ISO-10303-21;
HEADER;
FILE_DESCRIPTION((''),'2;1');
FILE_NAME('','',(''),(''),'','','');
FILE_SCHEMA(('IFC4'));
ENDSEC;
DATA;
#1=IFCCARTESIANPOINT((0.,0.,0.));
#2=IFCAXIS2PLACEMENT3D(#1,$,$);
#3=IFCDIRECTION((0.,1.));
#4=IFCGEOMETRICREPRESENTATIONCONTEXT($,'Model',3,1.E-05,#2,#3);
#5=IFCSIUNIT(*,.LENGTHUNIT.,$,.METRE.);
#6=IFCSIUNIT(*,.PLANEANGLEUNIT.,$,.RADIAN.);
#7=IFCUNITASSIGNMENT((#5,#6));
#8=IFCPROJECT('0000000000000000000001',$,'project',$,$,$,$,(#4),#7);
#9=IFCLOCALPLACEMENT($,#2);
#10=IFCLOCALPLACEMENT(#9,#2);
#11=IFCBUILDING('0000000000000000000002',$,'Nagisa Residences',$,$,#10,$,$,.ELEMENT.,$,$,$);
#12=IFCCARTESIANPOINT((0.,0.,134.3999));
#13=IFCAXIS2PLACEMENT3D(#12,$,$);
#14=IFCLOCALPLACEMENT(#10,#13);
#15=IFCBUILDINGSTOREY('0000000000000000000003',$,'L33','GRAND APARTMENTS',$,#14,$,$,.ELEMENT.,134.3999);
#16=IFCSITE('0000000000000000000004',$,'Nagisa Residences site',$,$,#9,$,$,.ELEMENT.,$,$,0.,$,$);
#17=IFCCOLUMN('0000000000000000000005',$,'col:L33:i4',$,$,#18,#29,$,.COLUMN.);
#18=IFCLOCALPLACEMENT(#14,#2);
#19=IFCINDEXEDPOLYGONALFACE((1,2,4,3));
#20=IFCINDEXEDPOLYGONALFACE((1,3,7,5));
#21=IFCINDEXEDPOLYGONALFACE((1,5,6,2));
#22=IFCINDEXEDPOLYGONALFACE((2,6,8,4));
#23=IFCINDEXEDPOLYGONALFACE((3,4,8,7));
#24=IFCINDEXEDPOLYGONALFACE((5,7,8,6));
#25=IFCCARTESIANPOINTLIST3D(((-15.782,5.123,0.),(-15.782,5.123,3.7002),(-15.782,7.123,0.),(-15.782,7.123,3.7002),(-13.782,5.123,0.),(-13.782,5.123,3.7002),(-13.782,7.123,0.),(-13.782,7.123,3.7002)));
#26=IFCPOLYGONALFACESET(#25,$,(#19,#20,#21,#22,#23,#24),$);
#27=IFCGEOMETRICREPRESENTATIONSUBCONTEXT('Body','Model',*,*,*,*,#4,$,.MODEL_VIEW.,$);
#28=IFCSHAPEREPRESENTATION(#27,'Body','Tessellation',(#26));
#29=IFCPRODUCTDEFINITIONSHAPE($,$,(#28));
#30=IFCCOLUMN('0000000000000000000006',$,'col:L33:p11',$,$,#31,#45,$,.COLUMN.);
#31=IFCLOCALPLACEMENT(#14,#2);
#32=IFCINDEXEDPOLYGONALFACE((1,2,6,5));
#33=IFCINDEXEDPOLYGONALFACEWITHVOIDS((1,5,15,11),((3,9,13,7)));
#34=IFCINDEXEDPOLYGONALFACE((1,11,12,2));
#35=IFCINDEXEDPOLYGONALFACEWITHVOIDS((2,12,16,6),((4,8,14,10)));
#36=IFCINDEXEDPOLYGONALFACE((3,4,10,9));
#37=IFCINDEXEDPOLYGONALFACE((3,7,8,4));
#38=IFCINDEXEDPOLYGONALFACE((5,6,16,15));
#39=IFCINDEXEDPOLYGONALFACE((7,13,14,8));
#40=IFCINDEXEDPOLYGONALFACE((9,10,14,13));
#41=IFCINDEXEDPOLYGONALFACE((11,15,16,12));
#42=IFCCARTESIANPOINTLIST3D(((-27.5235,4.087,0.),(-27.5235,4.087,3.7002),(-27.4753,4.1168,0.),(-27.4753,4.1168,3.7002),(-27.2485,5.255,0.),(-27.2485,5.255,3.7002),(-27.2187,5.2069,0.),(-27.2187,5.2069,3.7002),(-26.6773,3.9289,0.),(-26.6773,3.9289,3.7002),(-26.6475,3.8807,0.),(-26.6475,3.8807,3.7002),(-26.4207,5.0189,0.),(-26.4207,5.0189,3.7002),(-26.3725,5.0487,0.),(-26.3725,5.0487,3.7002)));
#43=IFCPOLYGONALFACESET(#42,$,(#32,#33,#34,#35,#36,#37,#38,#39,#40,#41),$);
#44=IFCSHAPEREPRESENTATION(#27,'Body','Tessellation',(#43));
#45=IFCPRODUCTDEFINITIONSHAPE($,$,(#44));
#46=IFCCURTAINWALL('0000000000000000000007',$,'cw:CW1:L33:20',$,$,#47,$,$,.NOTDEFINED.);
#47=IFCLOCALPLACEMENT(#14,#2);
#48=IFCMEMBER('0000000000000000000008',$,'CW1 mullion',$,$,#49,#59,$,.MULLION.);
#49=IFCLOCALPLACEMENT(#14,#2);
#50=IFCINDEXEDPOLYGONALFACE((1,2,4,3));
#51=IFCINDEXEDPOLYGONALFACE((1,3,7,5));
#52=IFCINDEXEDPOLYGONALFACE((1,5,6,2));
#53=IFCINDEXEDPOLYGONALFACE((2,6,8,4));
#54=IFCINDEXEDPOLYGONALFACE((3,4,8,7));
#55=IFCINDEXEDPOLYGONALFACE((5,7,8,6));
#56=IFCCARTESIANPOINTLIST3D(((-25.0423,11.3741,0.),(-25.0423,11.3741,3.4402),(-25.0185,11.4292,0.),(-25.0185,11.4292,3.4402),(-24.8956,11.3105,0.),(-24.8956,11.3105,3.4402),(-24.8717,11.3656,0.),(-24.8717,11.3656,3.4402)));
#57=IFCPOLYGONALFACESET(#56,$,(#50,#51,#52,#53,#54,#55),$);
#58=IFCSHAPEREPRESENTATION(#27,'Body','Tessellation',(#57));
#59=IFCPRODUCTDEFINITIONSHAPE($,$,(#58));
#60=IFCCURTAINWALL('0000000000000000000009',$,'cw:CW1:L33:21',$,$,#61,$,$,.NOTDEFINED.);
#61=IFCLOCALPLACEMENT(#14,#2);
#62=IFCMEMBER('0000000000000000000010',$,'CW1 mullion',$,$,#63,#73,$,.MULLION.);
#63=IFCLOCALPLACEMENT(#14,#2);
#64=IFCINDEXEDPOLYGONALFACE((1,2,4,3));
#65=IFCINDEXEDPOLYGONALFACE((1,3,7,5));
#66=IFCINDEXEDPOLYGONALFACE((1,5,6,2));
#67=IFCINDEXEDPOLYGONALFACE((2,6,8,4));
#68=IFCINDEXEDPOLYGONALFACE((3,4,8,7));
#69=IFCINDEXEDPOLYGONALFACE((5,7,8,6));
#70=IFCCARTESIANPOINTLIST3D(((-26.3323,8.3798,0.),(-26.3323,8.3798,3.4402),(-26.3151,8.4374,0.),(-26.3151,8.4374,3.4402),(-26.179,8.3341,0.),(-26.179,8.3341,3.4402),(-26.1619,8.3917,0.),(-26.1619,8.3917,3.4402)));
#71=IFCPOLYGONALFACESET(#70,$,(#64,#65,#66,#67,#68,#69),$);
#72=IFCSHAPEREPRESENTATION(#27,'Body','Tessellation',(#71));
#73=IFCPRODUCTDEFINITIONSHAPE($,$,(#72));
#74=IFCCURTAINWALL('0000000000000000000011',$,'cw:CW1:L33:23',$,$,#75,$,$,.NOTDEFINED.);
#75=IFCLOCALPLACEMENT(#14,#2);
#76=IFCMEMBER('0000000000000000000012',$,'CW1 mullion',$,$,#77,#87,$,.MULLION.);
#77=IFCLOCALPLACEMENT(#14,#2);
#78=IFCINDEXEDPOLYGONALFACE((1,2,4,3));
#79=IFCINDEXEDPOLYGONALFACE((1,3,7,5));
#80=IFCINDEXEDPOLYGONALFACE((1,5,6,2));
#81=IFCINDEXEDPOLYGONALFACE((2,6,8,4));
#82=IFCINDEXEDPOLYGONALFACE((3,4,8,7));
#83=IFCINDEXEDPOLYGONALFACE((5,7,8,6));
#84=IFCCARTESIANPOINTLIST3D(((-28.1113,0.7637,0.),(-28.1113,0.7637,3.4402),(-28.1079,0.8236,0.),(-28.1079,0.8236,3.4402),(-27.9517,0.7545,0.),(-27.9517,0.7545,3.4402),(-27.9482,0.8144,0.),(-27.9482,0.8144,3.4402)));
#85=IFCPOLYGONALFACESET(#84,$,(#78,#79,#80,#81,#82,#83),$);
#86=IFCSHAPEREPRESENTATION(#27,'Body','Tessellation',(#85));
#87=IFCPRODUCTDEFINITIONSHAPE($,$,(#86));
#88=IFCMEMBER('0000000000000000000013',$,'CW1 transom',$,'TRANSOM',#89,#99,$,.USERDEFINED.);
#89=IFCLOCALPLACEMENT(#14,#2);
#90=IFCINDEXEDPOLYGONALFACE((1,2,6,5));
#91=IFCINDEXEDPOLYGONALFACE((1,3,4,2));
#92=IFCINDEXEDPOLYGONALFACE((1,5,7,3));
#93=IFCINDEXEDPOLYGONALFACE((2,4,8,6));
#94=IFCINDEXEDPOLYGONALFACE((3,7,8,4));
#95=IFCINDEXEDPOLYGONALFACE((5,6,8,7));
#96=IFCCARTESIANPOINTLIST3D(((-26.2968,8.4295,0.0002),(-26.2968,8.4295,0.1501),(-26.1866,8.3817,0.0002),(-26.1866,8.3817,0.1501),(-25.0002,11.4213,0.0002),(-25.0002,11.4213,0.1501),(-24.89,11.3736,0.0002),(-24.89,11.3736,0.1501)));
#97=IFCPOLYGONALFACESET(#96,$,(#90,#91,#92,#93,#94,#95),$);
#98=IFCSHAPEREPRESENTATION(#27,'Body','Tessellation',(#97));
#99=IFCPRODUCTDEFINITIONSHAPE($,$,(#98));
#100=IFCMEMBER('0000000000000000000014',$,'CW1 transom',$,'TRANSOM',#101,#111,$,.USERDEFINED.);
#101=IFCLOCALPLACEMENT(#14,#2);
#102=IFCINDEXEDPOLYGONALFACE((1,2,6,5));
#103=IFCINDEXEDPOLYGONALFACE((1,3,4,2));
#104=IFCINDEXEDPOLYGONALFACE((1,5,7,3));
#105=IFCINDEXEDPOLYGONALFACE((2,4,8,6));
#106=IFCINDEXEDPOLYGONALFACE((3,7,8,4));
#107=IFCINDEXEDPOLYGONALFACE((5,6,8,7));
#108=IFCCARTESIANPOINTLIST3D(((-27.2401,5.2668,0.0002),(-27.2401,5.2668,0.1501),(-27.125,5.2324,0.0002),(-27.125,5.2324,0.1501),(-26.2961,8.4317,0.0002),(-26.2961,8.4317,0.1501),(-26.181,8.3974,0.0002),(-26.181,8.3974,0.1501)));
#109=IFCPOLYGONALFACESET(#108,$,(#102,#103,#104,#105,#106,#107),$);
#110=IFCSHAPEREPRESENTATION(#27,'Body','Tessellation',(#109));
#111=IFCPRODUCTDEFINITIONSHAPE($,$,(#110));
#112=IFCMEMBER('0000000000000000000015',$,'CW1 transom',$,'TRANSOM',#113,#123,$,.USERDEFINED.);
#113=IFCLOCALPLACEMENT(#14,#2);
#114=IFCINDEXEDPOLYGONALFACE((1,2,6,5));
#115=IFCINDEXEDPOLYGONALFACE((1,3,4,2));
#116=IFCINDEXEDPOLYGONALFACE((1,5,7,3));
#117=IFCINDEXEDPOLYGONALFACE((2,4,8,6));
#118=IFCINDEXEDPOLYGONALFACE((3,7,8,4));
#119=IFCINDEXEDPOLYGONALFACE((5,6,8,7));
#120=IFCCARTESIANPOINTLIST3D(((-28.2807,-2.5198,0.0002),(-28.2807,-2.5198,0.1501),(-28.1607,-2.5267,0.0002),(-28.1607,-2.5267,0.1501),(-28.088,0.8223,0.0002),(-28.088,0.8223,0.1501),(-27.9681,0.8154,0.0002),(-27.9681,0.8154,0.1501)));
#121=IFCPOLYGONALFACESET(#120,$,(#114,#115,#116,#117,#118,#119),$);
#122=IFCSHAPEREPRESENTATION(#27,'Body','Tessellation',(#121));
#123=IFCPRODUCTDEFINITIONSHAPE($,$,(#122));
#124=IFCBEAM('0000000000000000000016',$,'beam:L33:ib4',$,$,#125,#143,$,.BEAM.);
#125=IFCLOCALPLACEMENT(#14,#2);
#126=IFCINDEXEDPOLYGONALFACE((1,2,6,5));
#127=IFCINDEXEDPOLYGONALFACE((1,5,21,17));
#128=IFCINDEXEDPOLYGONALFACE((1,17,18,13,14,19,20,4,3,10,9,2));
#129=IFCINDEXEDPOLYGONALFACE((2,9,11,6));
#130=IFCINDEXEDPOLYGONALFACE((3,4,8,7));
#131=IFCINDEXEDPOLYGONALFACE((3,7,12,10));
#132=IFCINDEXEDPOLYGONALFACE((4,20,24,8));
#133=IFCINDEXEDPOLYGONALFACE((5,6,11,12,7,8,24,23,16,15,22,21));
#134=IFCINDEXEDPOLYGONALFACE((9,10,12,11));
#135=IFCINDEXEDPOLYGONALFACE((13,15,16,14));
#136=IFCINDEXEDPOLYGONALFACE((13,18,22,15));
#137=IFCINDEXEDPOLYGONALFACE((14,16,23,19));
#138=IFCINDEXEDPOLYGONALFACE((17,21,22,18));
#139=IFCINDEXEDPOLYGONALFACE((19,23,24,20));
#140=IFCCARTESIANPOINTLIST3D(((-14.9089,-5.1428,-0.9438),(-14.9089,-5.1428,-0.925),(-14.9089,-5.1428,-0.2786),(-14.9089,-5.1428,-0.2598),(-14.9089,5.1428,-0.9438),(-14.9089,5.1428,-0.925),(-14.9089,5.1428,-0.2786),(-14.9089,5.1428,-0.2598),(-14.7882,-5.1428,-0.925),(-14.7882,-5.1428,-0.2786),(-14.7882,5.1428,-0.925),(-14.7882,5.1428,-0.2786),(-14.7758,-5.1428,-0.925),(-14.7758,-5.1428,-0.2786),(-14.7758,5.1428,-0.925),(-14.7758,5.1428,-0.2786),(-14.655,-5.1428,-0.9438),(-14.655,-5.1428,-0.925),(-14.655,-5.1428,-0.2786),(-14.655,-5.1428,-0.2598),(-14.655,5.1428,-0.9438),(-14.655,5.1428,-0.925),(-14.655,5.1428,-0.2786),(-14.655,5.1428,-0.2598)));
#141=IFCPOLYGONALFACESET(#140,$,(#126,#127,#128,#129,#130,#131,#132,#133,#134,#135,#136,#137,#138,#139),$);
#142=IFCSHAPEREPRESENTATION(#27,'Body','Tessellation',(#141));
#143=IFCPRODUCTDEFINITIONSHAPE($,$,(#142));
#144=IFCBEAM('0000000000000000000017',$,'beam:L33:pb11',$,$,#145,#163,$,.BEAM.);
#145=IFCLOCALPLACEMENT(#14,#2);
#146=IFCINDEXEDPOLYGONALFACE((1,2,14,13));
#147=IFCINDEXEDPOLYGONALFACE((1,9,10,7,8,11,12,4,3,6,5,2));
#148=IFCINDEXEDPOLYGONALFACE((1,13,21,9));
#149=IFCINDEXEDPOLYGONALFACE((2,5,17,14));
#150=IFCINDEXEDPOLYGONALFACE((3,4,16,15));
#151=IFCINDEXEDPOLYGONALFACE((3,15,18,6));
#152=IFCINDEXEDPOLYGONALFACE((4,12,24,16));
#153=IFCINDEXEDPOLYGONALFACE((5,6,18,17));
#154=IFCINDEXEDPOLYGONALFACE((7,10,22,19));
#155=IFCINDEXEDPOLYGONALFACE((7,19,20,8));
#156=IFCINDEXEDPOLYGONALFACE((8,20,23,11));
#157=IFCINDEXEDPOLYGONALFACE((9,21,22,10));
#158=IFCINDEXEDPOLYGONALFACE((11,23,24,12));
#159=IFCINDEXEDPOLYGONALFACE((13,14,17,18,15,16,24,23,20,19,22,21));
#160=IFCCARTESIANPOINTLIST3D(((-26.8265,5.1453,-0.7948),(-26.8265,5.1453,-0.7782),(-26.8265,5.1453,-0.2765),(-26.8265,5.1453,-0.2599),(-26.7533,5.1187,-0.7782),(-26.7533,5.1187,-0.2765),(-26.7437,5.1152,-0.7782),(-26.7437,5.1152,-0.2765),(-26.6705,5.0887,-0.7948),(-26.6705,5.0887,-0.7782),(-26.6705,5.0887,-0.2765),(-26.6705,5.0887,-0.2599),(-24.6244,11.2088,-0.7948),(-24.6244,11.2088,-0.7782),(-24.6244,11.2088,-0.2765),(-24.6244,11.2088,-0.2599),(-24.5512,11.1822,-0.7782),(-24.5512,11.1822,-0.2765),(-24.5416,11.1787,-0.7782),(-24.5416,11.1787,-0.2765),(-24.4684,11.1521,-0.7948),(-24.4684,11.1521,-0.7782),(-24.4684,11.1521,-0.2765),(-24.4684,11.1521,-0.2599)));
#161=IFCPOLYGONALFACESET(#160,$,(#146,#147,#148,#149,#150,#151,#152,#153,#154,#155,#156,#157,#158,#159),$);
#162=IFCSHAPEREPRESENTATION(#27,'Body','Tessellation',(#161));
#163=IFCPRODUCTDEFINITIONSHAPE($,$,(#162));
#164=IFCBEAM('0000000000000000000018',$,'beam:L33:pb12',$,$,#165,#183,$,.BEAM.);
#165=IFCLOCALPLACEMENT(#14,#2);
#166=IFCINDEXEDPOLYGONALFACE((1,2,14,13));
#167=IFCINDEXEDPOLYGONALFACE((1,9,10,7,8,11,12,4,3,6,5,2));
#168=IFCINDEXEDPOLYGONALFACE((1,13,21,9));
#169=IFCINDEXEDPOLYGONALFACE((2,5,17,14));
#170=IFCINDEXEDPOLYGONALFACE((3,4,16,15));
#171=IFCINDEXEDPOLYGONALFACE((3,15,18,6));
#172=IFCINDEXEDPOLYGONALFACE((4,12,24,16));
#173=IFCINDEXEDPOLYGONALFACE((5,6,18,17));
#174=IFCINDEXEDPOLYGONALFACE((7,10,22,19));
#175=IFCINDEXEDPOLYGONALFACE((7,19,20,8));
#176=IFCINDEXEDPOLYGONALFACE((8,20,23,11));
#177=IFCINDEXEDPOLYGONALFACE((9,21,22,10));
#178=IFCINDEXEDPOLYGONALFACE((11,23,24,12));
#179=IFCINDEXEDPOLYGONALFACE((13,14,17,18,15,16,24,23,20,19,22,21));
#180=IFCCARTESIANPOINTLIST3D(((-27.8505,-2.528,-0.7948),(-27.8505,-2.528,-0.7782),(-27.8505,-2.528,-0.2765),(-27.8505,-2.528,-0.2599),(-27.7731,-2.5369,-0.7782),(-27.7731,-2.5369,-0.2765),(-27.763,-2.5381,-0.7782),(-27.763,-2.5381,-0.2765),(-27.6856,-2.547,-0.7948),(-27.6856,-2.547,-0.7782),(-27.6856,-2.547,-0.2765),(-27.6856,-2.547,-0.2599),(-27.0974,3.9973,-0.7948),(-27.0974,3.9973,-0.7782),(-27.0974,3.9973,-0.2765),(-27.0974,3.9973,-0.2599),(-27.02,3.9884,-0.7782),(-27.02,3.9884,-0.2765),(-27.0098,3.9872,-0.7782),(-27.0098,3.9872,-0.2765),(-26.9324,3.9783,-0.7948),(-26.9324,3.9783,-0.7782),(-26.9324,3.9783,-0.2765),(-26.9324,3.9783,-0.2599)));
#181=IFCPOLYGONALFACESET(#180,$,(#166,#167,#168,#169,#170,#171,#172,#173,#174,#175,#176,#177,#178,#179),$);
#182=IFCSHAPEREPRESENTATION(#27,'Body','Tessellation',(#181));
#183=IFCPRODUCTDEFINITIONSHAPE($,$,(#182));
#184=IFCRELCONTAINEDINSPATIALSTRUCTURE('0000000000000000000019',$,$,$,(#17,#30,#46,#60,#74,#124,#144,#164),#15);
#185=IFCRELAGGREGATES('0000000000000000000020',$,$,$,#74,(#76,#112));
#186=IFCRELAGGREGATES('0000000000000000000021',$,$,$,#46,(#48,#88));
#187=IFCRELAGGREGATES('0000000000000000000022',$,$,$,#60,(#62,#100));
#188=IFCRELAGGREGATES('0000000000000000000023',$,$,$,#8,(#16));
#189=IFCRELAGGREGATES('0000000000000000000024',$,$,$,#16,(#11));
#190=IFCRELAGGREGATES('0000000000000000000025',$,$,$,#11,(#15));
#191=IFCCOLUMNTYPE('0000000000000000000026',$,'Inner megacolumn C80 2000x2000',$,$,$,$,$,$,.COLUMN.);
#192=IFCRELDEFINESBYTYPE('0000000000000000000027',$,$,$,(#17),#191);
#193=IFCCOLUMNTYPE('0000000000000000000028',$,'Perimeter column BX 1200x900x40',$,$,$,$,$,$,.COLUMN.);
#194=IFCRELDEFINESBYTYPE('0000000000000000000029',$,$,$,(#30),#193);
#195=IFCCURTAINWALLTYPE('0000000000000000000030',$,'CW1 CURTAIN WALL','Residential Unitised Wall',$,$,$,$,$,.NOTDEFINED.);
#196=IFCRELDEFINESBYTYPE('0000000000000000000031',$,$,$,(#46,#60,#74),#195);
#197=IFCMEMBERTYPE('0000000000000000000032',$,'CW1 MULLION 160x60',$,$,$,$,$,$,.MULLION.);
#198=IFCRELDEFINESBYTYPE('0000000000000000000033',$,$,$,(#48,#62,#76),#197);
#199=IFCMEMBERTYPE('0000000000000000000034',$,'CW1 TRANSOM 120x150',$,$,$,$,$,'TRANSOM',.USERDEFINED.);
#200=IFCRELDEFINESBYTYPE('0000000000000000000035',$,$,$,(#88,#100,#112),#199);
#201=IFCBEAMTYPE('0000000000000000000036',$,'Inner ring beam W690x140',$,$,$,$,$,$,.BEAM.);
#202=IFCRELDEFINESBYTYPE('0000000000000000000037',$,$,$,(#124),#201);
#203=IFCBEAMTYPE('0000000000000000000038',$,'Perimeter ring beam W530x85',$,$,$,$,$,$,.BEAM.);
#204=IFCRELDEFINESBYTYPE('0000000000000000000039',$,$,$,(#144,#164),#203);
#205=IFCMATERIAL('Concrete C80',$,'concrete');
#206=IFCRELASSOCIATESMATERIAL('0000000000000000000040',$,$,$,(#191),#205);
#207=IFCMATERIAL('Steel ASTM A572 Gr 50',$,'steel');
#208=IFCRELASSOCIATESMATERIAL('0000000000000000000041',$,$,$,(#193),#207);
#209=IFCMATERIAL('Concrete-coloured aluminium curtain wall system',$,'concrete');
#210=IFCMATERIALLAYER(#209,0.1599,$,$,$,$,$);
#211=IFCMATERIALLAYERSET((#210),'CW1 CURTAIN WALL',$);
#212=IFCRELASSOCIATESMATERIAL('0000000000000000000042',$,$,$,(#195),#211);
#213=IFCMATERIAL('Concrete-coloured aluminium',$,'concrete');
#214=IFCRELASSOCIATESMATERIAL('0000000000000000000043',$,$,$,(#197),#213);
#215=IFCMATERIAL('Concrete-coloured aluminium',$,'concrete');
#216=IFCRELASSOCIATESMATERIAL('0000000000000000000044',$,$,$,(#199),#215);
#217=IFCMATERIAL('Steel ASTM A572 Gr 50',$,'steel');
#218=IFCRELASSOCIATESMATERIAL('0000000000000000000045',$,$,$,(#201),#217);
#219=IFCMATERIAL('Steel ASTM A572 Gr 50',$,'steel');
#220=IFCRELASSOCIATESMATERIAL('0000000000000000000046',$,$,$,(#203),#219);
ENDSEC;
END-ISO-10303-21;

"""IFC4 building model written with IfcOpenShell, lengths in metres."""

from ifc_helpers import new_model, si_unit, direction, frame, origin, origin_2d, place, context, subcontext, project, spatial, rectangle, hollow_rectangle, i_section, extrude, material, layer, layer_set, material_profile, profile_set, type_object, element, aggregate, save


model = new_model("IFC4")

# Units and contexts
model_context = context("Model", 3, precision=1e-05, world=origin(), true_north=direction((0.0, 1.0)))
body_context = subcontext(model_context, "Body", "Model", "MODEL_VIEW")
ifc_project = project(units=[si_unit("LENGTHUNIT", "METRE"), si_unit("PLANEANGLEUNIT", "RADIAN")], contexts=[model_context])

# Site, building, storey
site_placement = place(None, origin())
site = spatial("IfcSite", under=ifc_project, at=site_placement, Name="Nagisa Residences site", CompositionType="ELEMENT", RefElevation=0.0)
building_placement = place(site_placement, origin())
building = spatial("IfcBuilding", under=site, at=building_placement, Name="Nagisa Residences", CompositionType="ELEMENT")
storey_placement = place(building_placement, frame((0.0, 0.0, 134.3999)))
storey = spatial("IfcBuildingStorey", under=building, at=storey_placement, Name="L33", Description="GRAND APARTMENTS", CompositionType="ELEMENT", Elevation=134.3999)

# Columns
ifc_material_1 = material(Name="Concrete C80", Category="concrete")
ifc_material_profile_1 = material_profile(ifc_material_1, rectangle(XDim=2.0, YDim=2.0, at=origin_2d()), Name="C80 2000x2000")
ifc_profile_set_1 = profile_set([ifc_material_profile_1], Name="Concrete C80")
column_type_1 = type_object("IfcColumnType", Name="Inner megacolumn C80 2000x2000", PredefinedType="COLUMN", material=ifc_profile_set_1)
column_1_placement = place(storey_placement, frame((-14.782, 6.123, 0.0), z_axis=(0.0, 0.0, 1.0), x_axis=(1.0, 0.0, 0.0)))
element("IfcColumn", 1, at=column_1_placement, inside=storey, type_object=column_type_1, Name="col:L33:i4", PredefinedType="COLUMN", context=body_context, shape_type="SweptSolid", body=[
    extrude(rectangle(XDim=2.0, YDim=2.0, at=origin_2d()), origin(), (0.0, 0.0, 1.0), 3.7002),
])
ifc_material_2 = material(Name="Steel ASTM A572 Gr 50", Category="steel")
ifc_material_profile_2 = material_profile(ifc_material_2, hollow_rectangle(XDim=1.2, YDim=0.8999, WallThickness=0.04, at=origin_2d()), Name="BX 1200x900x40")
ifc_profile_set_2 = profile_set([ifc_material_profile_2], Name="Steel ASTM A572 Gr 50")
column_type_2 = type_object("IfcColumnType", Name="Perimeter column BX 1200x900x40", PredefinedType="COLUMN", material=ifc_profile_set_2)
column_2_placement = place(storey_placement, frame((-26.948, 4.5679, 0.0), z_axis=(0.0, 0.0, 1.0), x_axis=(-0.229202, -0.973379, 0.0)))
element("IfcColumn", 2, at=column_2_placement, inside=storey, type_object=column_type_2, Name="col:L33:p11", PredefinedType="COLUMN", context=body_context, shape_type="SweptSolid", body=[
    extrude(hollow_rectangle(XDim=1.2, YDim=0.8999, WallThickness=0.04, at=origin_2d()), origin(), (0.0, 0.0, 1.0), 3.7002),
])

# Curtain walls, members
ifc_material_3 = material(Name="Concrete-coloured aluminium curtain wall system", Category="concrete")
ifc_layer_1 = layer(ifc_material_3, 0.1599)
ifc_layer_set_1 = layer_set([ifc_layer_1], Name="CW1 CURTAIN WALL")
curtain_wall_type = type_object("IfcCurtainWallType", Name="CW1 CURTAIN WALL", Description="Residential Unitised Wall", PredefinedType="NOTDEFINED", material=ifc_layer_set_1)
curtain_wall_1_placement = place(storey_placement, origin())
curtain_wall_1 = element("IfcCurtainWall", 3, at=curtain_wall_1_placement, inside=storey, type_object=curtain_wall_type, Name="cw:CW1:L33:20", PredefinedType="NOTDEFINED")
ifc_material_4 = material(Name="Concrete-coloured aluminium", Category="concrete")
ifc_material_profile_3 = material_profile(ifc_material_4, rectangle(XDim=0.1599, YDim=0.0601, at=origin_2d()), Name="CW1 MULLION 160x60")
ifc_profile_set_3 = profile_set([ifc_material_profile_3], Name="Concrete-coloured aluminium")
member_type_1 = type_object("IfcMemberType", Name="CW1 MULLION 160x60", PredefinedType="MULLION", material=ifc_profile_set_3)
member_1_placement = place(storey_placement, frame((-24.957, 11.3699, 0.0), z_axis=(0.0, 0.0, 1.0), x_axis=(0.917543, -0.397636, 0.0)))
member_1 = element("IfcMember", 4, at=member_1_placement, type_object=member_type_1, Name="CW1 mullion", PredefinedType="MULLION", context=body_context, shape_type="SweptSolid", body=[
    extrude(rectangle(XDim=0.1599, YDim=0.0601, at=origin_2d()), origin(), (0.0, 0.0, 1.0), 3.4402),
])
curtain_wall_2_placement = place(storey_placement, origin())
curtain_wall_2 = element("IfcCurtainWall", 5, at=curtain_wall_2_placement, inside=storey, type_object=curtain_wall_type, Name="cw:CW1:L33:21", PredefinedType="NOTDEFINED")
member_2_placement = place(storey_placement, frame((-26.2471, 8.3857, 0.0), z_axis=(0.0, 0.0, 1.0), x_axis=(0.958271, -0.28586, 0.0)))
member_2 = element("IfcMember", 6, at=member_2_placement, type_object=member_type_1, Name="CW1 mullion", PredefinedType="MULLION", context=body_context, shape_type="SweptSolid", body=[
    extrude(rectangle(XDim=0.1599, YDim=0.0601, at=origin_2d()), origin(), (0.0, 0.0, 1.0), 3.4402),
])
curtain_wall_3_placement = place(storey_placement, origin())
curtain_wall_3 = element("IfcCurtainWall", 7, at=curtain_wall_3_placement, inside=storey, type_object=curtain_wall_type, Name="cw:CW1:L33:23", PredefinedType="NOTDEFINED")
member_3_placement = place(storey_placement, frame((-28.0298, 0.7891, 0.0), z_axis=(0.0, 0.0, 1.0), x_axis=(0.998345, -0.057503, 0.0)))
member_3 = element("IfcMember", 8, at=member_3_placement, type_object=member_type_1, Name="CW1 mullion", PredefinedType="MULLION", context=body_context, shape_type="SweptSolid", body=[
    extrude(rectangle(XDim=0.1599, YDim=0.0601, at=origin_2d()), origin(), (0.0, 0.0, 1.0), 3.4402),
])

# Members
ifc_material_5 = material(Name="Concrete-coloured aluminium", Category="concrete")
ifc_material_profile_4 = material_profile(ifc_material_5, rectangle(XDim=0.1201, YDim=0.1499, at=origin_2d()), Name="CW1 TRANSOM 120x150")
ifc_profile_set_4 = profile_set([ifc_material_profile_4], Name="Concrete-coloured aluminium")
member_type_2 = type_object("IfcMemberType", Name="CW1 TRANSOM 120x150", ElementType="TRANSOM", PredefinedType="USERDEFINED", material=ifc_profile_set_4)
member_4_placement = place(storey_placement, frame((-24.9451, 11.3975, 0.0752), z_axis=(-0.397639, -0.917542, 0.0), x_axis=(0.917542, -0.397639, 0.0)))
member_4 = element("IfcMember", 9, at=member_4_placement, type_object=member_type_2, Name="CW1 transom", ObjectType="TRANSOM", PredefinedType="USERDEFINED", context=body_context, shape_type="SweptSolid", body=[
    extrude(rectangle(XDim=0.1201, YDim=0.1499, at=origin_2d()), origin(), (0.0, 0.0, 1.0), 3.2607),
])
member_5_placement = place(storey_placement, frame((-26.2385, 8.4146, 0.0752), z_axis=(-0.285842, -0.958277, 0.0), x_axis=(0.958277, -0.285842, 0.0)))
member_5 = element("IfcMember", 10, at=member_5_placement, type_object=member_type_2, Name="CW1 transom", ObjectType="TRANSOM", PredefinedType="USERDEFINED", context=body_context, shape_type="SweptSolid", body=[
    extrude(rectangle(XDim=0.1201, YDim=0.1499, at=origin_2d()), origin(), (0.0, 0.0, 1.0), 3.3027),
])
member_6_placement = place(storey_placement, frame((-28.0281, 0.8188, 0.0752), z_axis=(-0.057542, -0.998343, 0.0), x_axis=(0.998343, -0.057542, 0.0)))
member_6 = element("IfcMember", 11, at=member_6_placement, type_object=member_type_2, Name="CW1 transom", ObjectType="TRANSOM", PredefinedType="USERDEFINED", context=body_context, shape_type="SweptSolid", body=[
    extrude(rectangle(XDim=0.1201, YDim=0.1499, at=origin_2d()), origin(), (0.0, 0.0, 1.0), 3.3477),
])
aggregate(curtain_wall_3, [member_3, member_6])

# Beams
ifc_material_6 = material(Name="Steel ASTM A572 Gr 50", Category="steel")
ifc_material_profile_5 = material_profile(ifc_material_6, i_section(OverallWidth=0.2539, OverallDepth=0.6841, WebThickness=0.0125, FlangeThickness=0.0188, at=origin_2d()), Name="W690x140")
ifc_profile_set_5 = profile_set([ifc_material_profile_5], Name="Steel ASTM A572 Gr 50")
beam_type_1 = type_object("IfcBeamType", Name="Inner ring beam W690x140", PredefinedType="BEAM", material=ifc_profile_set_5)
beam_1_placement = place(storey_placement, frame((-14.782, 5.1428, -0.6018), z_axis=(0.0, -1.0, 0.0), x_axis=(1.0, 0.0, 0.0)))
element("IfcBeam", 12, at=beam_1_placement, inside=storey, type_object=beam_type_1, Name="beam:L33:ib4", PredefinedType="BEAM", context=body_context, shape_type="SweptSolid", body=[
    extrude(i_section(OverallWidth=0.2539, OverallDepth=0.6841, WebThickness=0.0125, FlangeThickness=0.0188, at=origin_2d()), origin(), (0.0, 0.0, 1.0), 10.2856),
])
ifc_material_7 = material(Name="Steel ASTM A572 Gr 50", Category="steel")
ifc_material_profile_6 = material_profile(ifc_material_7, i_section(OverallWidth=0.166, OverallDepth=0.5349, WebThickness=0.0103, FlangeThickness=0.0166, at=origin_2d()), Name="W530x85")
ifc_profile_set_6 = profile_set([ifc_material_profile_6], Name="Steel ASTM A572 Gr 50")
beam_type_2 = type_object("IfcBeamType", Name="Perimeter ring beam W530x85", PredefinedType="BEAM", material=ifc_profile_set_6)
beam_2_placement = place(storey_placement, frame((-24.5464, 11.1804, -0.5273), z_axis=(-0.341366, -0.93993, 0.0), x_axis=(0.93993, -0.341366, 0.0)))
element("IfcBeam", 13, at=beam_2_placement, inside=storey, type_object=beam_type_2, Name="beam:L33:pb11", PredefinedType="BEAM", context=body_context, shape_type="SweptSolid", body=[
    extrude(i_section(OverallWidth=0.166, OverallDepth=0.5349, WebThickness=0.0103, FlangeThickness=0.0166, at=origin_2d()), origin(), (0.0, 0.0, 1.0), 6.4509),
])
beam_3_placement = place(storey_placement, frame((-27.0149, 3.9878, -0.5273), z_axis=(-0.114661, -0.993405, 0.0), x_axis=(0.993405, -0.114661, 0.0)))
element("IfcBeam", 14, at=beam_3_placement, inside=storey, type_object=beam_type_2, Name="beam:L33:pb12", PredefinedType="BEAM", context=body_context, shape_type="SweptSolid", body=[
    extrude(i_section(OverallWidth=0.166, OverallDepth=0.5349, WebThickness=0.0103, FlangeThickness=0.0166, at=origin_2d()), origin(), (0.0, 0.0, 1.0), 6.5686),
])

aggregate(curtain_wall_1, [member_1, member_4])
aggregate(curtain_wall_2, [member_2, member_5])

save(model, "model.ifc")
